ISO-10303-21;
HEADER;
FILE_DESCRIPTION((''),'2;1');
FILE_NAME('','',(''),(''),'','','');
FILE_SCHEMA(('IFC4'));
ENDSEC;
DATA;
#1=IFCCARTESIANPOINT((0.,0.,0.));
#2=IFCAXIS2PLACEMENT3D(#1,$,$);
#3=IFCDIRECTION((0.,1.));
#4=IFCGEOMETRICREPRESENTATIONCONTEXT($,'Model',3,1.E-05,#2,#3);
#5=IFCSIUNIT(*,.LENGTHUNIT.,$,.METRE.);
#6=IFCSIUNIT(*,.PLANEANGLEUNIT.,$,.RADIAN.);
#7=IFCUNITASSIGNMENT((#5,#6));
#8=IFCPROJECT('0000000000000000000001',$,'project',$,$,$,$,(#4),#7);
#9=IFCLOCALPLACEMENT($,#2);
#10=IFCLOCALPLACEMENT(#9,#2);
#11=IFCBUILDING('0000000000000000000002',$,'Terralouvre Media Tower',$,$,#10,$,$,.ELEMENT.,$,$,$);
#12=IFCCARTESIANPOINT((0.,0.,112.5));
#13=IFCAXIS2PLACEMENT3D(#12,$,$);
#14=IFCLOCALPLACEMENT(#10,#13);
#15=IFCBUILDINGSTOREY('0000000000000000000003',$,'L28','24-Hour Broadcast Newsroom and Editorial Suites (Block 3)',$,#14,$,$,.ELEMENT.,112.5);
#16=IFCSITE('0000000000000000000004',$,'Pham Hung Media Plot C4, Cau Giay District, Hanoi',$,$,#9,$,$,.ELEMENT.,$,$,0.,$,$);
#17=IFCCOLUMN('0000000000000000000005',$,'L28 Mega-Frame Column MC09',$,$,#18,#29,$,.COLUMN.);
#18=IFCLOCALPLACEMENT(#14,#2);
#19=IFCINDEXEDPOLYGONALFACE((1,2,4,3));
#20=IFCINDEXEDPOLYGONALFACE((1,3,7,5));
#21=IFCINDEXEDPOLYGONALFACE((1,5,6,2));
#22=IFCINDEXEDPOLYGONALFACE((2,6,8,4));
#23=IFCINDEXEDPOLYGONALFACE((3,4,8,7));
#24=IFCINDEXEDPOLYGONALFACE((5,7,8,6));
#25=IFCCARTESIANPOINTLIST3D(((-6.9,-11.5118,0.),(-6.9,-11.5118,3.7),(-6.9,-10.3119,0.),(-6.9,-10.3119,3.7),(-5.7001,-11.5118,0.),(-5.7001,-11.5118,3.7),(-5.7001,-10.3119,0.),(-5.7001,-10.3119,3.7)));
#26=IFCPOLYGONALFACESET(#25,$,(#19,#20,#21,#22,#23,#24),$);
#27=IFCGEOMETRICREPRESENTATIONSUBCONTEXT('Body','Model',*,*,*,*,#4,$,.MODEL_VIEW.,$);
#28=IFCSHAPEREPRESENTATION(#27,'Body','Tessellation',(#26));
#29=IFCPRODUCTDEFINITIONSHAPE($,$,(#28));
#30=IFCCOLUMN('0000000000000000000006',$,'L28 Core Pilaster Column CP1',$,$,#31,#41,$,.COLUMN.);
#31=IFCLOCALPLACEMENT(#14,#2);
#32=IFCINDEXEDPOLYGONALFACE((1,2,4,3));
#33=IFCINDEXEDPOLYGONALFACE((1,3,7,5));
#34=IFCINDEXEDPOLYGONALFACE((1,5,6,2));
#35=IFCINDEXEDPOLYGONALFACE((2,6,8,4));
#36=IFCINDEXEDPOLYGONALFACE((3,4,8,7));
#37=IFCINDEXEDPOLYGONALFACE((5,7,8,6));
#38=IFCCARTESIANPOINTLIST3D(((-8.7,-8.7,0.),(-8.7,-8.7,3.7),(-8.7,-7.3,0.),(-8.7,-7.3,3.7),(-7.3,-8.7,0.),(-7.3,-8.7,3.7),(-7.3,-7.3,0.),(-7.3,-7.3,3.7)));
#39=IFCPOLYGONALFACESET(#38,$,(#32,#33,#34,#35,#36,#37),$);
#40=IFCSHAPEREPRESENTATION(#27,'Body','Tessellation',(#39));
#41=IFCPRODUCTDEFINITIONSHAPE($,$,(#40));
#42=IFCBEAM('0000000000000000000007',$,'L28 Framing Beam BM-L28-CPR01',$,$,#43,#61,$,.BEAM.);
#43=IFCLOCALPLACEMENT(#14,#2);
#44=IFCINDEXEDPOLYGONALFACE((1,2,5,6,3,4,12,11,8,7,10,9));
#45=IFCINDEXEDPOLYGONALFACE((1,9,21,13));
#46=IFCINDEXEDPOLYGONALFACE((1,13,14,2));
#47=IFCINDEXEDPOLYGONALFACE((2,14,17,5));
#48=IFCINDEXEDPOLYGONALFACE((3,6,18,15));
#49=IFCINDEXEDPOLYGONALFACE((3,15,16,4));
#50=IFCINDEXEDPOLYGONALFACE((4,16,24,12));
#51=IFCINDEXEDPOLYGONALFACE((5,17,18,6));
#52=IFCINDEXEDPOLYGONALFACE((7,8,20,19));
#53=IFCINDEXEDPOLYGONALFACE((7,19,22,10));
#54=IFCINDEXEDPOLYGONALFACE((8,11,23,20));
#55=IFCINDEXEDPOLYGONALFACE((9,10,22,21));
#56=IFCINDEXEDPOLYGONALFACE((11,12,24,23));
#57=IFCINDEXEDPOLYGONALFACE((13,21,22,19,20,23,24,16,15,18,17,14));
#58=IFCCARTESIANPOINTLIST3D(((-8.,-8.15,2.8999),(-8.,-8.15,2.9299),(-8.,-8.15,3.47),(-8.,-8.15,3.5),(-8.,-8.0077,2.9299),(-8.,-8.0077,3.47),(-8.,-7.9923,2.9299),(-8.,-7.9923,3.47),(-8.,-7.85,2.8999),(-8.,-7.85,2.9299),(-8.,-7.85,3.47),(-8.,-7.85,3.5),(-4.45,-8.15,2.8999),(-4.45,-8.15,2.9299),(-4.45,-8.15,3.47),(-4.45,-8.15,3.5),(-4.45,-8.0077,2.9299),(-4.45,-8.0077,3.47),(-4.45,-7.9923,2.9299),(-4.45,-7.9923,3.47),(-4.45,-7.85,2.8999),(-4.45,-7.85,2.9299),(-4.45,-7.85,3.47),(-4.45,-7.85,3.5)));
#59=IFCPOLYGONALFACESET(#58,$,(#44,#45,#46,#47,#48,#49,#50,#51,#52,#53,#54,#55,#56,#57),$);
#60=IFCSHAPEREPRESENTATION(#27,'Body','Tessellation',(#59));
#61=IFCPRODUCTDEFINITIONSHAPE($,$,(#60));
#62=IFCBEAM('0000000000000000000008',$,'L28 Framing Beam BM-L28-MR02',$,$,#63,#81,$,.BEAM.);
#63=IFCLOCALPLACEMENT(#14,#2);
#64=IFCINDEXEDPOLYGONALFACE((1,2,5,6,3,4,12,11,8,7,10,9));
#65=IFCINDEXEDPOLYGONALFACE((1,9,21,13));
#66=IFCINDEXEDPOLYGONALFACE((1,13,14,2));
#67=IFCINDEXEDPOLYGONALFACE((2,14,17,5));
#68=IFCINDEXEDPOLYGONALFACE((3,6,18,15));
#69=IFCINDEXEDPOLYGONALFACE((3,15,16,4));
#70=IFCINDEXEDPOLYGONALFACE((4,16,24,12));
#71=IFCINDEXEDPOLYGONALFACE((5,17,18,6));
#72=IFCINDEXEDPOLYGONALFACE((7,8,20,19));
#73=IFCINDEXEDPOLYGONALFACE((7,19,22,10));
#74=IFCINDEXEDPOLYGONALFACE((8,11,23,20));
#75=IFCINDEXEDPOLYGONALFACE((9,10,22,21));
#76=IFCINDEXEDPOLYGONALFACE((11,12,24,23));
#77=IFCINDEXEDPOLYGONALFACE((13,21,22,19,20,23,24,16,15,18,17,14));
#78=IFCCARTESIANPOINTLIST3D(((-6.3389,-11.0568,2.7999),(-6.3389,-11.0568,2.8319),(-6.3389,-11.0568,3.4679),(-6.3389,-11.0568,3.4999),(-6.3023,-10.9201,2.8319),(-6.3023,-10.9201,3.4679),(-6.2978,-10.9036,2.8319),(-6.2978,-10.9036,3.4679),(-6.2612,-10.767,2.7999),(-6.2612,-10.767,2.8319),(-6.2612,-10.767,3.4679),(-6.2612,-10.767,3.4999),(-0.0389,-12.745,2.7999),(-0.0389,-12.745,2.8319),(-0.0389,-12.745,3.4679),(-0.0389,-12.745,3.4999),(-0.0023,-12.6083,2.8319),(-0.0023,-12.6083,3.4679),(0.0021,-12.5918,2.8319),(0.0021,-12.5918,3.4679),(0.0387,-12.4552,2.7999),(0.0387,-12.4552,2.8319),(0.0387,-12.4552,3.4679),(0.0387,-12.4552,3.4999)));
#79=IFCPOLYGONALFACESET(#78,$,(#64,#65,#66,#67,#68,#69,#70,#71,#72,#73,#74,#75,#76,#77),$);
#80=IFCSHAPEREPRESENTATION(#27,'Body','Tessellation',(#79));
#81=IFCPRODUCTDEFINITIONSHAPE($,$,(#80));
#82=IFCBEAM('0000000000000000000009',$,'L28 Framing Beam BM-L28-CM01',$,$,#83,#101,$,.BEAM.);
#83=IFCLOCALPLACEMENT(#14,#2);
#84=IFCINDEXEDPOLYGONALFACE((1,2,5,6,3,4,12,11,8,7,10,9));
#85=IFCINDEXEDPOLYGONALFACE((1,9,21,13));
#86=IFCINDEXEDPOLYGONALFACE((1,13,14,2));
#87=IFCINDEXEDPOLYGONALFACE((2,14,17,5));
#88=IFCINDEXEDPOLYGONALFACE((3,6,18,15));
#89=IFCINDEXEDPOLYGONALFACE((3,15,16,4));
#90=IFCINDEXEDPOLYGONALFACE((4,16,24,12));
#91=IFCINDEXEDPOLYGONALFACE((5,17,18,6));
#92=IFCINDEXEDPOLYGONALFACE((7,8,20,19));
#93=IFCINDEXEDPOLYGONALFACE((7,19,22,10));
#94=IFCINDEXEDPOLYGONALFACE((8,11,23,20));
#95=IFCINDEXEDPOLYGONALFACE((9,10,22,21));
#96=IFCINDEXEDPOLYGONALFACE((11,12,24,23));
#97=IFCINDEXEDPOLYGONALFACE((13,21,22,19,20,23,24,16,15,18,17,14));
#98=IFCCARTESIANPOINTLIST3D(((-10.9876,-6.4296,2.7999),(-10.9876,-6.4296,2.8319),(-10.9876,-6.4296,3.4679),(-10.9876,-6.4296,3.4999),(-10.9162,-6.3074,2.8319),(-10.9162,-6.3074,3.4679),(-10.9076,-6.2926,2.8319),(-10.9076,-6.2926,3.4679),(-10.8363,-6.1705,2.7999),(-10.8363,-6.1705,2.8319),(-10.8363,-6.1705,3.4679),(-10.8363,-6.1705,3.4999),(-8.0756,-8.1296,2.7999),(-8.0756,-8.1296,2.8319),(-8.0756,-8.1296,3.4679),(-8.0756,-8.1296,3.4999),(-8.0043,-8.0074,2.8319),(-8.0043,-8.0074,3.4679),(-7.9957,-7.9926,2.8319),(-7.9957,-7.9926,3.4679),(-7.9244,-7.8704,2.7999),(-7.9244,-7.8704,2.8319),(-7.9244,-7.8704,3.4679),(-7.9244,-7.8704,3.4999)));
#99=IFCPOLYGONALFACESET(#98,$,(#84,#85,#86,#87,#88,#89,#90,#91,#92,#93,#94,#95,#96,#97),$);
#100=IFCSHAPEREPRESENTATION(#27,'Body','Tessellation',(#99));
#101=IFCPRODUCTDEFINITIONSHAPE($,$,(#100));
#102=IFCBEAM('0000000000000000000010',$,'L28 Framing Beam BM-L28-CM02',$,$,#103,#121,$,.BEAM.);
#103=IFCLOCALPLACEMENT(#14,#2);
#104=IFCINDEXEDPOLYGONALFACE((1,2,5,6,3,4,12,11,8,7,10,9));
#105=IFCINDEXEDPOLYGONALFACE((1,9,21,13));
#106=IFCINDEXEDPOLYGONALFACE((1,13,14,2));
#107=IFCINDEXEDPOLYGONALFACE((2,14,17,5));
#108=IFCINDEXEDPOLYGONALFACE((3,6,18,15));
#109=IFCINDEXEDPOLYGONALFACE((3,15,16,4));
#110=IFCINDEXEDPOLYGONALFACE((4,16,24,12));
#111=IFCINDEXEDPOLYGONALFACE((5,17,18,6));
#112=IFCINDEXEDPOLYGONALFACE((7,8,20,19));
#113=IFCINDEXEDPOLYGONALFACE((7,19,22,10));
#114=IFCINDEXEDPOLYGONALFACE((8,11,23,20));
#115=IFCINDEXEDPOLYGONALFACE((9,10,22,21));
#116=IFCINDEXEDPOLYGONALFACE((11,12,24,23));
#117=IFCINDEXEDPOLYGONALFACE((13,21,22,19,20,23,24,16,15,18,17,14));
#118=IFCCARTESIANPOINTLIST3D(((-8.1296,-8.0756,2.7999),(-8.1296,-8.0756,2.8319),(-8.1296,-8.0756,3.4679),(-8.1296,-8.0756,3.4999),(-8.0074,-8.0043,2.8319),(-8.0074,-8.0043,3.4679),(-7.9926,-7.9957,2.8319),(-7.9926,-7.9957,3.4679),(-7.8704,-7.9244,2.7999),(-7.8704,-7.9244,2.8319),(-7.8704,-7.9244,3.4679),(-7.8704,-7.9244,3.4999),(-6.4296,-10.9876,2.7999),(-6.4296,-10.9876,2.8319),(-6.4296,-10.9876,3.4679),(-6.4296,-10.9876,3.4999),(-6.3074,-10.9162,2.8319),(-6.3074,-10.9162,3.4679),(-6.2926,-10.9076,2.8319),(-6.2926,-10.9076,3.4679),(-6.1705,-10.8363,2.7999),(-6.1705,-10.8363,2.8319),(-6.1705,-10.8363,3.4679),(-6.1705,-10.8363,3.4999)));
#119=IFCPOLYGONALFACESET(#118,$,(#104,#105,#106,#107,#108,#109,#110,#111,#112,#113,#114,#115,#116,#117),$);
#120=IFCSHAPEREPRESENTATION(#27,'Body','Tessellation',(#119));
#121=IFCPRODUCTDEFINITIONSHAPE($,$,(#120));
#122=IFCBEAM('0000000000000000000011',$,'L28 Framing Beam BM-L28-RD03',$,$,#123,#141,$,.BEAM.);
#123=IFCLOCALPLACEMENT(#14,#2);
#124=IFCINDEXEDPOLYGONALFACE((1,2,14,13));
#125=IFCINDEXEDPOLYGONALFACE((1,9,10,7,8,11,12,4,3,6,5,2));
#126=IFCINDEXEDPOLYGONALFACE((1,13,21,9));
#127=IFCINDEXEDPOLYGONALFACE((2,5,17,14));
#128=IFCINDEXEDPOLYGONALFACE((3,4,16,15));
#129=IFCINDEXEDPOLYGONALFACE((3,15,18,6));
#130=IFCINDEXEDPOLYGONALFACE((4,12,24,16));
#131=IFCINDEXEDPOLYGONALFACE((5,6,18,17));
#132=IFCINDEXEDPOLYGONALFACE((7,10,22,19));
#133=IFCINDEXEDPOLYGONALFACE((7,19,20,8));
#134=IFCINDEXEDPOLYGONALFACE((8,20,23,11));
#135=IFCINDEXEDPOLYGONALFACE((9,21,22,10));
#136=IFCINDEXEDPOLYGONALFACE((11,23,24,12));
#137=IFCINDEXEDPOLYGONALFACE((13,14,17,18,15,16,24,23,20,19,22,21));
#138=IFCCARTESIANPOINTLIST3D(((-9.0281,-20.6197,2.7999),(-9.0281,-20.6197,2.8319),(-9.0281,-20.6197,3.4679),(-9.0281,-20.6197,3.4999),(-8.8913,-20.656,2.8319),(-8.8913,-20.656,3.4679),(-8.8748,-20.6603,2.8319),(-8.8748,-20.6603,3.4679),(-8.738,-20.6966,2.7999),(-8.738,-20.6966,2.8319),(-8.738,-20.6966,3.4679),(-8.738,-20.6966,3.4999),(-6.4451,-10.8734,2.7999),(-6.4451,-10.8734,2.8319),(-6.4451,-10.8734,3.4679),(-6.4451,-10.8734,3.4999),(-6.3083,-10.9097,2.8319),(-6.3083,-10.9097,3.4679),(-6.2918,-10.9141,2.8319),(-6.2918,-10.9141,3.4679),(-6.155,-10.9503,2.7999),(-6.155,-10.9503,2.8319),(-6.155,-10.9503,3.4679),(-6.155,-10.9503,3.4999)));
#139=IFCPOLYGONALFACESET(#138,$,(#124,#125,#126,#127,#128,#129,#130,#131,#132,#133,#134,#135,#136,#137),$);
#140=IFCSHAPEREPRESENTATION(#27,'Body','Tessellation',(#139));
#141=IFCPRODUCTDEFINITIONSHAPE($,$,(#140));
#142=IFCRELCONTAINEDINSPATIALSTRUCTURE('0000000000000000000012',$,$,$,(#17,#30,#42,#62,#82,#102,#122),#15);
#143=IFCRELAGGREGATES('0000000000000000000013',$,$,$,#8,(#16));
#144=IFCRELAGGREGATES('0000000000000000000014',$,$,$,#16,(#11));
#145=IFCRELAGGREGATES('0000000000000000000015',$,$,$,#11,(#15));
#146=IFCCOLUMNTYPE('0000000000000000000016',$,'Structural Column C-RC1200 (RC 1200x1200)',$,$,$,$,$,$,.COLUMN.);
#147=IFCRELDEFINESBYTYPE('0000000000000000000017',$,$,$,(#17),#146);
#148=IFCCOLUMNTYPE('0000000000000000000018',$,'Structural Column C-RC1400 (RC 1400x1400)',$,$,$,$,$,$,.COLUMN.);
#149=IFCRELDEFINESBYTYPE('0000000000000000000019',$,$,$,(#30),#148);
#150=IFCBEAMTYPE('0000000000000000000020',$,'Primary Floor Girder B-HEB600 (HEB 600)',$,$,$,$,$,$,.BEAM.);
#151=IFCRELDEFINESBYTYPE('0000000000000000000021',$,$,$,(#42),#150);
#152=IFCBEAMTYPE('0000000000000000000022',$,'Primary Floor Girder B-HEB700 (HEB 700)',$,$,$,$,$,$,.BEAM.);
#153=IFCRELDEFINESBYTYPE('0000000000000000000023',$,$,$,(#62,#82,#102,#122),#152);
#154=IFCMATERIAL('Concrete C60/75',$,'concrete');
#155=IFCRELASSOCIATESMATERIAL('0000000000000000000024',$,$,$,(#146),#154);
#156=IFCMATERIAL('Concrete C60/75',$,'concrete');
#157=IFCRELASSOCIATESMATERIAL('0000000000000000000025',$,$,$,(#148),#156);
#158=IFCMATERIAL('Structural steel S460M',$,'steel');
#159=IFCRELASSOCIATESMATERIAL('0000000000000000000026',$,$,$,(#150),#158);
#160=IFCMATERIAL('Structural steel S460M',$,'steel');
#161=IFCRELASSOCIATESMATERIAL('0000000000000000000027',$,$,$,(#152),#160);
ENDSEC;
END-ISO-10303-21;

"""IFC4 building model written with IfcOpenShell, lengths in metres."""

from ifc_helpers import new_model, si_unit, direction, frame, origin, origin_2d, place, context, subcontext, project, spatial, rectangle, i_section, extrude, material, material_profile, profile_set, type_object, element, save


model = new_model("IFC4")

# Units and contexts
model_context = context("Model", 3, precision=1e-05, world=origin(), true_north=direction((0.0, 1.0)))
body_context = subcontext(model_context, "Body", "Model", "MODEL_VIEW")
ifc_project = project(units=[si_unit("LENGTHUNIT", "METRE"), si_unit("PLANEANGLEUNIT", "RADIAN")], contexts=[model_context])

# Site, building, storey
site_placement = place(None, origin())
site = spatial("IfcSite", under=ifc_project, at=site_placement, Name="Pham Hung Media Plot C4, Cau Giay District, Hanoi", CompositionType="ELEMENT", RefElevation=0.0)
building_placement = place(site_placement, origin())
building = spatial("IfcBuilding", under=site, at=building_placement, Name="Terralouvre Media Tower", CompositionType="ELEMENT")
storey_placement = place(building_placement, frame((0.0, 0.0, 112.5)))
storey = spatial("IfcBuildingStorey", under=building, at=storey_placement, Name="L28", Description="24-Hour Broadcast Newsroom and Editorial Suites (Block 3)", CompositionType="ELEMENT", Elevation=112.5)

# Columns
ifc_material_1 = material(Name="Concrete C60/75", Category="concrete")
ifc_material_profile_1 = material_profile(ifc_material_1, rectangle(XDim=1.2, YDim=1.2, at=origin_2d()), Name="RC 1200x1200")
ifc_profile_set_1 = profile_set([ifc_material_profile_1], Name="Concrete C60/75")
column_type_1 = type_object("IfcColumnType", Name="Structural Column C-RC1200 (RC 1200x1200)", PredefinedType="COLUMN", material=ifc_profile_set_1)
column_1_placement = place(storey_placement, frame((-6.3, -10.9119, 0.0), z_axis=(0.0, 0.0, 1.0), x_axis=(1.0, 0.0, 0.0)))
element("IfcColumn", 1, at=column_1_placement, inside=storey, type_object=column_type_1, Name="L28 Mega-Frame Column MC09", PredefinedType="COLUMN", context=body_context, shape_type="SweptSolid", body=[
    extrude(rectangle(XDim=1.2, YDim=1.2, at=origin_2d()), origin(), (0.0, 0.0, 1.0), 3.7),
])
ifc_material_2 = material(Name="Concrete C60/75", Category="concrete")
ifc_material_profile_2 = material_profile(ifc_material_2, rectangle(XDim=1.3999, YDim=1.3999, at=origin_2d()), Name="RC 1400x1400")
ifc_profile_set_2 = profile_set([ifc_material_profile_2], Name="Concrete C60/75")
column_type_2 = type_object("IfcColumnType", Name="Structural Column C-RC1400 (RC 1400x1400)", PredefinedType="COLUMN", material=ifc_profile_set_2)
column_2_placement = place(storey_placement, frame((-8.0, -8.0, 0.0), z_axis=(0.0, 0.0, 1.0), x_axis=(1.0, 0.0, 0.0)))
element("IfcColumn", 2, at=column_2_placement, inside=storey, type_object=column_type_2, Name="L28 Core Pilaster Column CP1", PredefinedType="COLUMN", context=body_context, shape_type="SweptSolid", body=[
    extrude(rectangle(XDim=1.3999, YDim=1.3999, at=origin_2d()), origin(), (0.0, 0.0, 1.0), 3.7),
])

# Beams
ifc_material_3 = material(Name="Structural steel S460M", Category="steel")
ifc_material_profile_3 = material_profile(ifc_material_3, i_section(OverallWidth=0.3, OverallDepth=0.6001, WebThickness=0.0154, FlangeThickness=0.03, at=origin_2d()), Name="HEB 600")
ifc_profile_set_3 = profile_set([ifc_material_profile_3], Name="Structural steel S460M")
beam_type_1 = type_object("IfcBeamType", Name="Primary Floor Girder B-HEB600 (HEB 600)", PredefinedType="BEAM", material=ifc_profile_set_3)
beam_1_placement = place(storey_placement, frame((-8.0, -8.0, 3.2), z_axis=(1.0, 0.0, 0.0), x_axis=(0.0, 1.0, 0.0)))
element("IfcBeam", 3, at=beam_1_placement, inside=storey, type_object=beam_type_1, Name="L28 Framing Beam BM-L28-CPR01", PredefinedType="BEAM", context=body_context, shape_type="SweptSolid", body=[
    extrude(i_section(OverallWidth=0.3, OverallDepth=0.6001, WebThickness=0.0154, FlangeThickness=0.03, at=origin_2d()), origin(), (0.0, 0.0, 1.0), 3.55),
])
ifc_material_4 = material(Name="Structural steel S460M", Category="steel")
ifc_material_profile_4 = material_profile(ifc_material_4, i_section(OverallWidth=0.3, OverallDepth=0.7, WebThickness=0.0171, FlangeThickness=0.032, at=origin_2d()), Name="HEB 700")
ifc_profile_set_4 = profile_set([ifc_material_profile_4], Name="Structural steel S460M")
beam_type_2 = type_object("IfcBeamType", Name="Primary Floor Girder B-HEB700 (HEB 700)", PredefinedType="BEAM", material=ifc_profile_set_4)
beam_2_placement = place(storey_placement, frame((-6.3, -10.9119, 3.1499), z_axis=(0.96592, -0.258839, 0.0), x_axis=(0.258839, 0.96592, 0.0)))
element("IfcBeam", 4, at=beam_2_placement, inside=storey, type_object=beam_type_2, Name="L28 Framing Beam BM-L28-MR02", PredefinedType="BEAM", context=body_context, shape_type="SweptSolid", body=[
    extrude(i_section(OverallWidth=0.3, OverallDepth=0.7, WebThickness=0.0171, FlangeThickness=0.032, at=origin_2d()), origin(), (0.0, 0.0, 1.0), 6.5222),
])
for number, where, z_axis, x_axis, name in (
    (5, (-8.0, -8.0, 3.1499), (-0.863603, 0.504173, 0.0), (-0.504173, -0.863603, 0.0), "L28 Framing Beam BM-L28-CM01"),
    (6, (-8.0, -8.0, 3.1499), (0.504173, -0.863603, 0.0), (0.863603, 0.504173, 0.0), "L28 Framing Beam BM-L28-CM02"),
):
    element("IfcBeam", number, at=place(storey_placement, frame(where, z_axis=z_axis, x_axis=x_axis)), inside=storey, type_object=beam_type_2, Name=name, PredefinedType="BEAM", context=body_context, shape_type="SweptSolid", body=[
        extrude(i_section(OverallWidth=0.3, OverallDepth=0.7, WebThickness=0.0171, FlangeThickness=0.032, at=origin_2d()), origin(), (0.0, 0.0, 1.0), 3.3718),
    ])
beam_3_placement = place(storey_placement, frame((-6.3, -10.9119, 3.1499), z_axis=(-0.256179, -0.966629, 0.0), x_axis=(0.966629, -0.256179, 0.0)))
element("IfcBeam", 7, at=beam_3_placement, inside=storey, type_object=beam_type_2, Name="L28 Framing Beam BM-L28-RD03", PredefinedType="BEAM", context=body_context, shape_type="SweptSolid", body=[
    extrude(i_section(OverallWidth=0.3, OverallDepth=0.7, WebThickness=0.0171, FlangeThickness=0.032, at=origin_2d()), origin(), (0.0, 0.0, 1.0), 10.0828),
])

save(model, "model.ifc")
